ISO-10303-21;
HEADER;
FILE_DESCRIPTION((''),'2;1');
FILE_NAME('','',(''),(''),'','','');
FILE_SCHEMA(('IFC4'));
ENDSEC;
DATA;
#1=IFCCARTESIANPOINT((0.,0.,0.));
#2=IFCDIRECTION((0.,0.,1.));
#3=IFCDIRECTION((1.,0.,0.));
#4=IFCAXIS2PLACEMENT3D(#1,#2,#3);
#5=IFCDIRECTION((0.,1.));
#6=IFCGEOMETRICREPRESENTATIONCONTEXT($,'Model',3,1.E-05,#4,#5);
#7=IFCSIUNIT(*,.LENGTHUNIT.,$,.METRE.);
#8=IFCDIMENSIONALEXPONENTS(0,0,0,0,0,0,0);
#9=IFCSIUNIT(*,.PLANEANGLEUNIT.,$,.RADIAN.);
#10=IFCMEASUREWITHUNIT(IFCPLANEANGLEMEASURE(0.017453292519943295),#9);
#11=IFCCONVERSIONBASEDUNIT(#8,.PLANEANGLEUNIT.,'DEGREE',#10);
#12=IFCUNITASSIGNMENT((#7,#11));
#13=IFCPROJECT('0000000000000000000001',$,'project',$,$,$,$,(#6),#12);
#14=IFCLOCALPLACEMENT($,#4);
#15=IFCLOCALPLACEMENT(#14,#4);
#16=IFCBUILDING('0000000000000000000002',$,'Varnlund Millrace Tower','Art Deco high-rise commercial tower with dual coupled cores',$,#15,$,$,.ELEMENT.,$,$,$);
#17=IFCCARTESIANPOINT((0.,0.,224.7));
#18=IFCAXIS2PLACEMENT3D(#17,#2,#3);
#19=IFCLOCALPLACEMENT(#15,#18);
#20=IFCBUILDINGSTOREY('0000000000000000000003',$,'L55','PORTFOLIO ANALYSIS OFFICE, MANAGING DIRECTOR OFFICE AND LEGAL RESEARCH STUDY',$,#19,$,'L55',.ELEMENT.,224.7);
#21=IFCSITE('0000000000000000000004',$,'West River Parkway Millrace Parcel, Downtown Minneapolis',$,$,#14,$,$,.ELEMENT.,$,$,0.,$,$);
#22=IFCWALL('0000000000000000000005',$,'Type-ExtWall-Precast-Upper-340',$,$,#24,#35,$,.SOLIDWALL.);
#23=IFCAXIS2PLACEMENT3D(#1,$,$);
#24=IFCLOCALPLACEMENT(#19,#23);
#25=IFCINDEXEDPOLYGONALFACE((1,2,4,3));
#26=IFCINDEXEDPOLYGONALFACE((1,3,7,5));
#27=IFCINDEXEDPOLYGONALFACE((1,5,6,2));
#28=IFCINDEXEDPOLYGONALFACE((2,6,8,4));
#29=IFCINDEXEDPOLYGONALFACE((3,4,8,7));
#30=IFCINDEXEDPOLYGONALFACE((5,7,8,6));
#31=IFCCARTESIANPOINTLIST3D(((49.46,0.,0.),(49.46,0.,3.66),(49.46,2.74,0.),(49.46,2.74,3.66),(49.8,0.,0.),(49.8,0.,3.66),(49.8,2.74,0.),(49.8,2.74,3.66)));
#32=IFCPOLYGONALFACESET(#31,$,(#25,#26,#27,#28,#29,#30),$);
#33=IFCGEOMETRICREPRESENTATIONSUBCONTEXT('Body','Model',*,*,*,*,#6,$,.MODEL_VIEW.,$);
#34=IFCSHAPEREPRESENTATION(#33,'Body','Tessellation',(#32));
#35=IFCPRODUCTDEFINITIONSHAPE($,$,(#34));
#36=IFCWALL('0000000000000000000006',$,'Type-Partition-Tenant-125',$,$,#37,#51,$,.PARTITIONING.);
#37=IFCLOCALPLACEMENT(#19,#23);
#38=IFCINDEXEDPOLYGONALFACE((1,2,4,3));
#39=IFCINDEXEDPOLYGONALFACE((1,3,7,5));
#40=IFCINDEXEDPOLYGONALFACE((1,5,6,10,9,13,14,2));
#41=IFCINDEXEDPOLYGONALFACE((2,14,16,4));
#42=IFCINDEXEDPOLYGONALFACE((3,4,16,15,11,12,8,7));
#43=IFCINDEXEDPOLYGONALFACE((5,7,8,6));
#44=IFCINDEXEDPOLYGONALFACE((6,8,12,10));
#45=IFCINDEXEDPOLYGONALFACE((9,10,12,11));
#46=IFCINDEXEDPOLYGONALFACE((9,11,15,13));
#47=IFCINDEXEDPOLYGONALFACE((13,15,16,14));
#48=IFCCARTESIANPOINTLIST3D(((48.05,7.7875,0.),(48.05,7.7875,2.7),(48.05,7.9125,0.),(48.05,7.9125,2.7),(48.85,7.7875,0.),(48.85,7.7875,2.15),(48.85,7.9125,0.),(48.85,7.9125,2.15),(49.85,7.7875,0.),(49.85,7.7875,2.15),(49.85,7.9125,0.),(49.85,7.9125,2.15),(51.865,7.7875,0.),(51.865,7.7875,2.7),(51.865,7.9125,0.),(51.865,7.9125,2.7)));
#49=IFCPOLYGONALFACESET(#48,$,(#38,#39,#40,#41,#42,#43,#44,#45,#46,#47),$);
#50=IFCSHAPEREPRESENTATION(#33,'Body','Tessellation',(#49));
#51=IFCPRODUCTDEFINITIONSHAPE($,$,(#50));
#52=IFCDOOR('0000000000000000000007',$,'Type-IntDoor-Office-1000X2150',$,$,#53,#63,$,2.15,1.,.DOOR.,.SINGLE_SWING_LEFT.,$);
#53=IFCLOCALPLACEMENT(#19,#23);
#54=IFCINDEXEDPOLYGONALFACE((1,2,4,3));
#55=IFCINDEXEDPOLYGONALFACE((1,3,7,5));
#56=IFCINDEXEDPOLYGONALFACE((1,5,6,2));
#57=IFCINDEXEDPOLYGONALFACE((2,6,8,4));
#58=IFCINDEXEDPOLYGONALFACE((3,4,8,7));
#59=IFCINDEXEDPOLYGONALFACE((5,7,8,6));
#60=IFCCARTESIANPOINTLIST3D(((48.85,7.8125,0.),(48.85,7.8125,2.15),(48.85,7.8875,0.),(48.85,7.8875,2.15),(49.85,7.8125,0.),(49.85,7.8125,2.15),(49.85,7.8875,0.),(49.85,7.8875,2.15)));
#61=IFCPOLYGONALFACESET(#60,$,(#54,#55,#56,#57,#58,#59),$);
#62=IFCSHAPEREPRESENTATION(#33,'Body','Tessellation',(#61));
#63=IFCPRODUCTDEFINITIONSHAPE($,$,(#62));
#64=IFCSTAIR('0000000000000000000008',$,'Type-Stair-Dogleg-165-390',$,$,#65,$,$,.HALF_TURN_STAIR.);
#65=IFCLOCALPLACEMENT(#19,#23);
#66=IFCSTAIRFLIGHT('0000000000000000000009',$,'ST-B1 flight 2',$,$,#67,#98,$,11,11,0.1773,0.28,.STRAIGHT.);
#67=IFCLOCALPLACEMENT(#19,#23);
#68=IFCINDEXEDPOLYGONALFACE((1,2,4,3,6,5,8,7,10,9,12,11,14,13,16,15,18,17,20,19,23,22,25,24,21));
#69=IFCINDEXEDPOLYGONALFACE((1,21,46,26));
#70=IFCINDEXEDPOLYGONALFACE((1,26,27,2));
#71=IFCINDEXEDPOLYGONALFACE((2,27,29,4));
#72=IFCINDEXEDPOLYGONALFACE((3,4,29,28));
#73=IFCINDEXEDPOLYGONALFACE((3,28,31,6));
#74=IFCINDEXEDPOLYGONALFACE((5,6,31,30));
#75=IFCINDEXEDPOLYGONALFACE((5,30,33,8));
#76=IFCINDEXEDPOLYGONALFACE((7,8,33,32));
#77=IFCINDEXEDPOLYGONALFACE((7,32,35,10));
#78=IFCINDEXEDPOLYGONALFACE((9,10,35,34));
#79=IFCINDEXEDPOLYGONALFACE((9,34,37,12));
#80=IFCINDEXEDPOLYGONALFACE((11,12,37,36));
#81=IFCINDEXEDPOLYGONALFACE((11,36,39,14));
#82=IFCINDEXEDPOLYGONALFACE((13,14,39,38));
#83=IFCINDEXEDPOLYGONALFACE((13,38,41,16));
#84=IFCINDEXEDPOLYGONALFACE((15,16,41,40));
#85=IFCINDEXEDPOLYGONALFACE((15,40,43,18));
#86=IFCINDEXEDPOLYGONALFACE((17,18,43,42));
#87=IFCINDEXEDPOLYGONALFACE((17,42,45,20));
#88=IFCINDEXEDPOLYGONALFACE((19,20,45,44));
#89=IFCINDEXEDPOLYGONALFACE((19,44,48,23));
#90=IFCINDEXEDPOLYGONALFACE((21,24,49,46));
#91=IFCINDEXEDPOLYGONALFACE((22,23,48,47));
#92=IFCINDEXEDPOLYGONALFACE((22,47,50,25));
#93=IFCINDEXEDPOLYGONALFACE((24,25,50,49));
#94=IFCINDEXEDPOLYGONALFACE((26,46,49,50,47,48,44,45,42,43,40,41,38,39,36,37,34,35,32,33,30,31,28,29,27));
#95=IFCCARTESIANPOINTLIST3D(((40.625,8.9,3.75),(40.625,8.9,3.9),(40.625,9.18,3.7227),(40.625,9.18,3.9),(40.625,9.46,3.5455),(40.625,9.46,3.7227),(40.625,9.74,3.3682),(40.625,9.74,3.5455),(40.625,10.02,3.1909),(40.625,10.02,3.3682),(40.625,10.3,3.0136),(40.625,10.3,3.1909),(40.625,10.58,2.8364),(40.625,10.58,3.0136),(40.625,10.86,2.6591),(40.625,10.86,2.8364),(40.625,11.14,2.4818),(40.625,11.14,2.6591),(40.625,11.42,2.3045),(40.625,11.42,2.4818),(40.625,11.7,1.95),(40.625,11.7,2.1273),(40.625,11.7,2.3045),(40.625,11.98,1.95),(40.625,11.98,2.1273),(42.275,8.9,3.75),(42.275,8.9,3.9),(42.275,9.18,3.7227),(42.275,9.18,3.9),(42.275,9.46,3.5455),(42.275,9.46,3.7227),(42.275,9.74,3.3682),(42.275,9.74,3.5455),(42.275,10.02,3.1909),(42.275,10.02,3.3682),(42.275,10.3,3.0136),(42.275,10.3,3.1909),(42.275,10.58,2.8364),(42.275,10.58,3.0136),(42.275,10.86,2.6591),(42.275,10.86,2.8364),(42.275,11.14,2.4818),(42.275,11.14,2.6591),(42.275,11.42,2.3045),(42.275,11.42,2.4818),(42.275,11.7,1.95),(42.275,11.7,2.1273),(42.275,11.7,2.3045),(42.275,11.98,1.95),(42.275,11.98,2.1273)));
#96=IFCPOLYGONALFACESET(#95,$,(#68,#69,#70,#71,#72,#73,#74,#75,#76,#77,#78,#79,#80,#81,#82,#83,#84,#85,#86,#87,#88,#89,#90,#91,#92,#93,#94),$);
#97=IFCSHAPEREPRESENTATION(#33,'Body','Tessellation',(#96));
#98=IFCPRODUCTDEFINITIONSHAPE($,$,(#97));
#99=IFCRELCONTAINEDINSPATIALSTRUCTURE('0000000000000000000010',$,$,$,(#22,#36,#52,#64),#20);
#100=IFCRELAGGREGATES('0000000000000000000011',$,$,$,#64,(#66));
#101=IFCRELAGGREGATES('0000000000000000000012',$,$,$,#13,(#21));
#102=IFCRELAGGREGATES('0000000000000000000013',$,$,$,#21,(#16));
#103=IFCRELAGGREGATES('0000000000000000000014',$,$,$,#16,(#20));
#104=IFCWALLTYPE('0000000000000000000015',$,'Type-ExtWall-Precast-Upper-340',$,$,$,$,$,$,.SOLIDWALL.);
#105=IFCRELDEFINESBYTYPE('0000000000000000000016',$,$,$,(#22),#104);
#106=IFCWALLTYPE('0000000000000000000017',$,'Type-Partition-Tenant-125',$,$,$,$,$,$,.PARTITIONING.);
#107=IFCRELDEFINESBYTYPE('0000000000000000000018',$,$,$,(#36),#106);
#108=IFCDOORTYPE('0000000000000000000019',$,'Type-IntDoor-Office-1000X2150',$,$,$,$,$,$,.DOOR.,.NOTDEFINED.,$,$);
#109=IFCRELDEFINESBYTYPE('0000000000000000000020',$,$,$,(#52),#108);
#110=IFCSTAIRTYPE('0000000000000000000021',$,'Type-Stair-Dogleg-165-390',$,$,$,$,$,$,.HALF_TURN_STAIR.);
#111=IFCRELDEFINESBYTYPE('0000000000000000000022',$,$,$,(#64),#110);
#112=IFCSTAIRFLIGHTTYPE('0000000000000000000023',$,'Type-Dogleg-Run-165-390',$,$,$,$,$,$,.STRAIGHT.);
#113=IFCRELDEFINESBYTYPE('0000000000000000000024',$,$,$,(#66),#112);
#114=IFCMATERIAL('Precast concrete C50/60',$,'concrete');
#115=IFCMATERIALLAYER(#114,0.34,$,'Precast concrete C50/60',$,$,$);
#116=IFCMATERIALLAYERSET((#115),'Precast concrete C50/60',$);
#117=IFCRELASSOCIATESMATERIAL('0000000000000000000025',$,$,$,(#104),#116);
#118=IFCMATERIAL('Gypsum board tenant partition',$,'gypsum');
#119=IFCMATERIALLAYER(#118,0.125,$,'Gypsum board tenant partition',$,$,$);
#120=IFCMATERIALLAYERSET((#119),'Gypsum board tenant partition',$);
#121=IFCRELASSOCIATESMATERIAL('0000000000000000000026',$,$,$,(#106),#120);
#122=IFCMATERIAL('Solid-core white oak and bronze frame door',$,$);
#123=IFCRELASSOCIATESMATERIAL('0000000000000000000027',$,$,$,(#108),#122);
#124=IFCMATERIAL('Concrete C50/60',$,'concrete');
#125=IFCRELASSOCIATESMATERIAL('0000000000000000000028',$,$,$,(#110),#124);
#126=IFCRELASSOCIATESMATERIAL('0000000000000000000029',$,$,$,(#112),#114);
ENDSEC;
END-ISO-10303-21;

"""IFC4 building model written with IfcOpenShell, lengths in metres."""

from ifc_helpers import new_model, entity, si_unit, converted_unit, direction, frame, origin_with_axes, origin_2d_with_axis, place, context, subcontext, project, spatial, polyline, rectangle, outline, extrude, material, layer, layer_set, type_object, element, fill, aggregate, save


model = new_model("IFC4")

# Units and contexts
model_context = context("Model", 3, precision=1e-05, world=origin_with_axes(), true_north=direction((0.0, 1.0)))
body_context = subcontext(model_context, "Body", "Model", "MODEL_VIEW")
ifc_project = project(units=[si_unit("LENGTHUNIT", "METRE"), converted_unit("PLANEANGLEUNIT", "DEGREE", entity("IfcPlaneAngleMeasure", 0.017453292519943295), si_unit("PLANEANGLEUNIT", "RADIAN"), dimensions=[0, 0, 0, 0, 0, 0, 0])], contexts=[model_context])

# Site, building, storey
site_placement = place(None, origin_with_axes())
site = spatial("IfcSite", under=ifc_project, at=site_placement, Name="West River Parkway Millrace Parcel, Downtown Minneapolis", CompositionType="ELEMENT", RefElevation=0.0)
building_placement = place(site_placement, origin_with_axes())
building = spatial("IfcBuilding", under=site, at=building_placement, Name="Varnlund Millrace Tower", Description="Art Deco high-rise commercial tower with dual coupled cores", CompositionType="ELEMENT")
storey_placement = place(building_placement, frame((0.0, 0.0, 224.7), z_axis=(0.0, 0.0, 1.0), x_axis=(1.0, 0.0, 0.0)))
storey = spatial("IfcBuildingStorey", under=building, at=storey_placement, Name="L55", Description="PORTFOLIO ANALYSIS OFFICE, MANAGING DIRECTOR OFFICE AND LEGAL RESEARCH STUDY", LongName="L55", CompositionType="ELEMENT", Elevation=224.7)

# Wall
ifc_material_1 = material(Name="Precast concrete C50/60", Category="concrete")
ifc_layer_1 = layer(ifc_material_1, 0.34, Name="Precast concrete C50/60")
ifc_layer_set_1 = layer_set([ifc_layer_1], Name="Precast concrete C50/60")
wall_type_1 = type_object("IfcWallType", Name="Type-ExtWall-Precast-Upper-340", PredefinedType="SOLIDWALL", material=ifc_layer_set_1)
wall_1_placement = place(storey_placement, frame((49.63, 2.74, 0.0), z_axis=(0.0, 0.0, 1.0), x_axis=(0.0, -1.0, 0.0)))
element("IfcWall", 1, at=wall_1_placement, inside=storey, type_object=wall_type_1, Name="Type-ExtWall-Precast-Upper-340", PredefinedType="SOLIDWALL", context=body_context, shape_type="SweptSolid", body=[
    extrude(outline(polyline([(0.0, -0.17), (2.74, -0.17), (2.74, 0.17), (0.0, 0.17), (0.0, -0.17)])), origin_with_axes(), (0.0, 0.0, 1.0), 3.66),
])

# Wall, opening, door
ifc_material_2 = material(Name="Gypsum board tenant partition", Category="gypsum")
ifc_layer_2 = layer(ifc_material_2, 0.125, Name="Gypsum board tenant partition")
ifc_layer_set_2 = layer_set([ifc_layer_2], Name="Gypsum board tenant partition")
wall_type_2 = type_object("IfcWallType", Name="Type-Partition-Tenant-125", PredefinedType="PARTITIONING", material=ifc_layer_set_2)
wall_2_placement = place(storey_placement, frame((51.865, 7.85, 0.0), z_axis=(0.0, 0.0, 1.0), x_axis=(-1.0, 0.0, 0.0)))
wall_2 = element("IfcWall", 2, at=wall_2_placement, inside=storey, type_object=wall_type_2, Name="Type-Partition-Tenant-125", PredefinedType="PARTITIONING", context=body_context, shape_type="SweptSolid", body=[
    extrude(outline(polyline([(0.0, -0.0625), (3.815, -0.0625), (3.815, 0.0625), (0.0, 0.0625), (0.0, -0.0625)])), origin_with_axes(), (0.0, 0.0, 1.0), 2.7),
])
opening_1_placement = place(wall_2_placement, frame((2.515, 0.0, 0.0), z_axis=(0.0, 0.0, 1.0), x_axis=(1.0, 0.0, 0.0)))
opening_1 = element("IfcOpeningElement", 3, at=opening_1_placement, cuts=wall_2, PredefinedType="OPENING", context=body_context, shape_type="SweptSolid", body=[
    extrude(rectangle(XDim=1.0, YDim=0.145, at=origin_2d_with_axis()), origin_with_axes(), (0.0, 0.0, 1.0), 2.15),
])
ifc_material_3 = material(Name="Solid-core white oak and bronze frame door")
door_type = type_object("IfcDoorType", Name="Type-IntDoor-Office-1000X2150", OperationType="NOTDEFINED", PredefinedType="DOOR", material=ifc_material_3)
door_placement = place(wall_2_placement, frame((2.515, 0.0, 0.0), z_axis=(0.0, 0.0, 1.0), x_axis=(1.0, 0.0, 0.0)))
door = element("IfcDoor", 4, at=door_placement, inside=storey, type_object=door_type, Name="Type-IntDoor-Office-1000X2150", OperationType="SINGLE_SWING_LEFT", OverallHeight=2.15, OverallWidth=1.0, PredefinedType="DOOR", context=body_context, shape_type="SweptSolid", body=[
    extrude(rectangle(XDim=1.0, YDim=0.075, at=origin_2d_with_axis()), origin_with_axes(), (0.0, 0.0, 1.0), 2.15),
])
fill(opening_1, door)

# Stair, stair flight
ifc_material_4 = material(Name="Concrete C50/60", Category="concrete")
stair_type = type_object("IfcStairType", Name="Type-Stair-Dogleg-165-390", PredefinedType="HALF_TURN_STAIR", material=ifc_material_4)
stair_placement = place(storey_placement, origin_with_axes())
stair = element("IfcStair", 5, at=stair_placement, inside=storey, type_object=stair_type, Name="Type-Stair-Dogleg-165-390", PredefinedType="HALF_TURN_STAIR")
stair_flight_type = type_object("IfcStairFlightType", Name="Type-Dogleg-Run-165-390", PredefinedType="STRAIGHT", material=ifc_material_1)
stair_flight_placement = place(storey_placement, frame((42.275, 11.98, 1.95), z_axis=(-1.0, 0.0, 0.0), x_axis=(0.0, -1.0, 0.0)))
stair_flight = element("IfcStairFlight", 6, at=stair_flight_placement, type_object=stair_flight_type, Name="ST-B1 flight 2", NumberOfRisers=11, NumberOfTreads=11, PredefinedType="STRAIGHT", RiserHeight=0.1773, TreadLength=0.28, context=body_context, shape_type="SweptSolid", body=[
    extrude(outline(polyline([(0.0, 0.0), (0.0, 0.1773), (0.28, 0.1773), (0.28, 0.3545), (0.56, 0.3545), (0.56, 0.5318), (0.84, 0.5318), (0.84, 0.7091), (1.12, 0.7091), (1.12, 0.8864), (1.4, 0.8864), (1.4, 1.0636), (1.68, 1.0636), (1.68, 1.2409), (1.96, 1.2409), (1.96, 1.4182), (2.24, 1.4182), (2.24, 1.5955), (2.52, 1.5955), (2.52, 1.7727), (2.8, 1.7727), (2.8, 1.95), (3.08, 1.95), (3.08, 1.8), (0.28, 0.0), (0.0, 0.0)])), origin_with_axes(), (0.0, 0.0, 1.0), 1.65),
])
aggregate(stair, [stair_flight])

save(model, "model.ifc")
